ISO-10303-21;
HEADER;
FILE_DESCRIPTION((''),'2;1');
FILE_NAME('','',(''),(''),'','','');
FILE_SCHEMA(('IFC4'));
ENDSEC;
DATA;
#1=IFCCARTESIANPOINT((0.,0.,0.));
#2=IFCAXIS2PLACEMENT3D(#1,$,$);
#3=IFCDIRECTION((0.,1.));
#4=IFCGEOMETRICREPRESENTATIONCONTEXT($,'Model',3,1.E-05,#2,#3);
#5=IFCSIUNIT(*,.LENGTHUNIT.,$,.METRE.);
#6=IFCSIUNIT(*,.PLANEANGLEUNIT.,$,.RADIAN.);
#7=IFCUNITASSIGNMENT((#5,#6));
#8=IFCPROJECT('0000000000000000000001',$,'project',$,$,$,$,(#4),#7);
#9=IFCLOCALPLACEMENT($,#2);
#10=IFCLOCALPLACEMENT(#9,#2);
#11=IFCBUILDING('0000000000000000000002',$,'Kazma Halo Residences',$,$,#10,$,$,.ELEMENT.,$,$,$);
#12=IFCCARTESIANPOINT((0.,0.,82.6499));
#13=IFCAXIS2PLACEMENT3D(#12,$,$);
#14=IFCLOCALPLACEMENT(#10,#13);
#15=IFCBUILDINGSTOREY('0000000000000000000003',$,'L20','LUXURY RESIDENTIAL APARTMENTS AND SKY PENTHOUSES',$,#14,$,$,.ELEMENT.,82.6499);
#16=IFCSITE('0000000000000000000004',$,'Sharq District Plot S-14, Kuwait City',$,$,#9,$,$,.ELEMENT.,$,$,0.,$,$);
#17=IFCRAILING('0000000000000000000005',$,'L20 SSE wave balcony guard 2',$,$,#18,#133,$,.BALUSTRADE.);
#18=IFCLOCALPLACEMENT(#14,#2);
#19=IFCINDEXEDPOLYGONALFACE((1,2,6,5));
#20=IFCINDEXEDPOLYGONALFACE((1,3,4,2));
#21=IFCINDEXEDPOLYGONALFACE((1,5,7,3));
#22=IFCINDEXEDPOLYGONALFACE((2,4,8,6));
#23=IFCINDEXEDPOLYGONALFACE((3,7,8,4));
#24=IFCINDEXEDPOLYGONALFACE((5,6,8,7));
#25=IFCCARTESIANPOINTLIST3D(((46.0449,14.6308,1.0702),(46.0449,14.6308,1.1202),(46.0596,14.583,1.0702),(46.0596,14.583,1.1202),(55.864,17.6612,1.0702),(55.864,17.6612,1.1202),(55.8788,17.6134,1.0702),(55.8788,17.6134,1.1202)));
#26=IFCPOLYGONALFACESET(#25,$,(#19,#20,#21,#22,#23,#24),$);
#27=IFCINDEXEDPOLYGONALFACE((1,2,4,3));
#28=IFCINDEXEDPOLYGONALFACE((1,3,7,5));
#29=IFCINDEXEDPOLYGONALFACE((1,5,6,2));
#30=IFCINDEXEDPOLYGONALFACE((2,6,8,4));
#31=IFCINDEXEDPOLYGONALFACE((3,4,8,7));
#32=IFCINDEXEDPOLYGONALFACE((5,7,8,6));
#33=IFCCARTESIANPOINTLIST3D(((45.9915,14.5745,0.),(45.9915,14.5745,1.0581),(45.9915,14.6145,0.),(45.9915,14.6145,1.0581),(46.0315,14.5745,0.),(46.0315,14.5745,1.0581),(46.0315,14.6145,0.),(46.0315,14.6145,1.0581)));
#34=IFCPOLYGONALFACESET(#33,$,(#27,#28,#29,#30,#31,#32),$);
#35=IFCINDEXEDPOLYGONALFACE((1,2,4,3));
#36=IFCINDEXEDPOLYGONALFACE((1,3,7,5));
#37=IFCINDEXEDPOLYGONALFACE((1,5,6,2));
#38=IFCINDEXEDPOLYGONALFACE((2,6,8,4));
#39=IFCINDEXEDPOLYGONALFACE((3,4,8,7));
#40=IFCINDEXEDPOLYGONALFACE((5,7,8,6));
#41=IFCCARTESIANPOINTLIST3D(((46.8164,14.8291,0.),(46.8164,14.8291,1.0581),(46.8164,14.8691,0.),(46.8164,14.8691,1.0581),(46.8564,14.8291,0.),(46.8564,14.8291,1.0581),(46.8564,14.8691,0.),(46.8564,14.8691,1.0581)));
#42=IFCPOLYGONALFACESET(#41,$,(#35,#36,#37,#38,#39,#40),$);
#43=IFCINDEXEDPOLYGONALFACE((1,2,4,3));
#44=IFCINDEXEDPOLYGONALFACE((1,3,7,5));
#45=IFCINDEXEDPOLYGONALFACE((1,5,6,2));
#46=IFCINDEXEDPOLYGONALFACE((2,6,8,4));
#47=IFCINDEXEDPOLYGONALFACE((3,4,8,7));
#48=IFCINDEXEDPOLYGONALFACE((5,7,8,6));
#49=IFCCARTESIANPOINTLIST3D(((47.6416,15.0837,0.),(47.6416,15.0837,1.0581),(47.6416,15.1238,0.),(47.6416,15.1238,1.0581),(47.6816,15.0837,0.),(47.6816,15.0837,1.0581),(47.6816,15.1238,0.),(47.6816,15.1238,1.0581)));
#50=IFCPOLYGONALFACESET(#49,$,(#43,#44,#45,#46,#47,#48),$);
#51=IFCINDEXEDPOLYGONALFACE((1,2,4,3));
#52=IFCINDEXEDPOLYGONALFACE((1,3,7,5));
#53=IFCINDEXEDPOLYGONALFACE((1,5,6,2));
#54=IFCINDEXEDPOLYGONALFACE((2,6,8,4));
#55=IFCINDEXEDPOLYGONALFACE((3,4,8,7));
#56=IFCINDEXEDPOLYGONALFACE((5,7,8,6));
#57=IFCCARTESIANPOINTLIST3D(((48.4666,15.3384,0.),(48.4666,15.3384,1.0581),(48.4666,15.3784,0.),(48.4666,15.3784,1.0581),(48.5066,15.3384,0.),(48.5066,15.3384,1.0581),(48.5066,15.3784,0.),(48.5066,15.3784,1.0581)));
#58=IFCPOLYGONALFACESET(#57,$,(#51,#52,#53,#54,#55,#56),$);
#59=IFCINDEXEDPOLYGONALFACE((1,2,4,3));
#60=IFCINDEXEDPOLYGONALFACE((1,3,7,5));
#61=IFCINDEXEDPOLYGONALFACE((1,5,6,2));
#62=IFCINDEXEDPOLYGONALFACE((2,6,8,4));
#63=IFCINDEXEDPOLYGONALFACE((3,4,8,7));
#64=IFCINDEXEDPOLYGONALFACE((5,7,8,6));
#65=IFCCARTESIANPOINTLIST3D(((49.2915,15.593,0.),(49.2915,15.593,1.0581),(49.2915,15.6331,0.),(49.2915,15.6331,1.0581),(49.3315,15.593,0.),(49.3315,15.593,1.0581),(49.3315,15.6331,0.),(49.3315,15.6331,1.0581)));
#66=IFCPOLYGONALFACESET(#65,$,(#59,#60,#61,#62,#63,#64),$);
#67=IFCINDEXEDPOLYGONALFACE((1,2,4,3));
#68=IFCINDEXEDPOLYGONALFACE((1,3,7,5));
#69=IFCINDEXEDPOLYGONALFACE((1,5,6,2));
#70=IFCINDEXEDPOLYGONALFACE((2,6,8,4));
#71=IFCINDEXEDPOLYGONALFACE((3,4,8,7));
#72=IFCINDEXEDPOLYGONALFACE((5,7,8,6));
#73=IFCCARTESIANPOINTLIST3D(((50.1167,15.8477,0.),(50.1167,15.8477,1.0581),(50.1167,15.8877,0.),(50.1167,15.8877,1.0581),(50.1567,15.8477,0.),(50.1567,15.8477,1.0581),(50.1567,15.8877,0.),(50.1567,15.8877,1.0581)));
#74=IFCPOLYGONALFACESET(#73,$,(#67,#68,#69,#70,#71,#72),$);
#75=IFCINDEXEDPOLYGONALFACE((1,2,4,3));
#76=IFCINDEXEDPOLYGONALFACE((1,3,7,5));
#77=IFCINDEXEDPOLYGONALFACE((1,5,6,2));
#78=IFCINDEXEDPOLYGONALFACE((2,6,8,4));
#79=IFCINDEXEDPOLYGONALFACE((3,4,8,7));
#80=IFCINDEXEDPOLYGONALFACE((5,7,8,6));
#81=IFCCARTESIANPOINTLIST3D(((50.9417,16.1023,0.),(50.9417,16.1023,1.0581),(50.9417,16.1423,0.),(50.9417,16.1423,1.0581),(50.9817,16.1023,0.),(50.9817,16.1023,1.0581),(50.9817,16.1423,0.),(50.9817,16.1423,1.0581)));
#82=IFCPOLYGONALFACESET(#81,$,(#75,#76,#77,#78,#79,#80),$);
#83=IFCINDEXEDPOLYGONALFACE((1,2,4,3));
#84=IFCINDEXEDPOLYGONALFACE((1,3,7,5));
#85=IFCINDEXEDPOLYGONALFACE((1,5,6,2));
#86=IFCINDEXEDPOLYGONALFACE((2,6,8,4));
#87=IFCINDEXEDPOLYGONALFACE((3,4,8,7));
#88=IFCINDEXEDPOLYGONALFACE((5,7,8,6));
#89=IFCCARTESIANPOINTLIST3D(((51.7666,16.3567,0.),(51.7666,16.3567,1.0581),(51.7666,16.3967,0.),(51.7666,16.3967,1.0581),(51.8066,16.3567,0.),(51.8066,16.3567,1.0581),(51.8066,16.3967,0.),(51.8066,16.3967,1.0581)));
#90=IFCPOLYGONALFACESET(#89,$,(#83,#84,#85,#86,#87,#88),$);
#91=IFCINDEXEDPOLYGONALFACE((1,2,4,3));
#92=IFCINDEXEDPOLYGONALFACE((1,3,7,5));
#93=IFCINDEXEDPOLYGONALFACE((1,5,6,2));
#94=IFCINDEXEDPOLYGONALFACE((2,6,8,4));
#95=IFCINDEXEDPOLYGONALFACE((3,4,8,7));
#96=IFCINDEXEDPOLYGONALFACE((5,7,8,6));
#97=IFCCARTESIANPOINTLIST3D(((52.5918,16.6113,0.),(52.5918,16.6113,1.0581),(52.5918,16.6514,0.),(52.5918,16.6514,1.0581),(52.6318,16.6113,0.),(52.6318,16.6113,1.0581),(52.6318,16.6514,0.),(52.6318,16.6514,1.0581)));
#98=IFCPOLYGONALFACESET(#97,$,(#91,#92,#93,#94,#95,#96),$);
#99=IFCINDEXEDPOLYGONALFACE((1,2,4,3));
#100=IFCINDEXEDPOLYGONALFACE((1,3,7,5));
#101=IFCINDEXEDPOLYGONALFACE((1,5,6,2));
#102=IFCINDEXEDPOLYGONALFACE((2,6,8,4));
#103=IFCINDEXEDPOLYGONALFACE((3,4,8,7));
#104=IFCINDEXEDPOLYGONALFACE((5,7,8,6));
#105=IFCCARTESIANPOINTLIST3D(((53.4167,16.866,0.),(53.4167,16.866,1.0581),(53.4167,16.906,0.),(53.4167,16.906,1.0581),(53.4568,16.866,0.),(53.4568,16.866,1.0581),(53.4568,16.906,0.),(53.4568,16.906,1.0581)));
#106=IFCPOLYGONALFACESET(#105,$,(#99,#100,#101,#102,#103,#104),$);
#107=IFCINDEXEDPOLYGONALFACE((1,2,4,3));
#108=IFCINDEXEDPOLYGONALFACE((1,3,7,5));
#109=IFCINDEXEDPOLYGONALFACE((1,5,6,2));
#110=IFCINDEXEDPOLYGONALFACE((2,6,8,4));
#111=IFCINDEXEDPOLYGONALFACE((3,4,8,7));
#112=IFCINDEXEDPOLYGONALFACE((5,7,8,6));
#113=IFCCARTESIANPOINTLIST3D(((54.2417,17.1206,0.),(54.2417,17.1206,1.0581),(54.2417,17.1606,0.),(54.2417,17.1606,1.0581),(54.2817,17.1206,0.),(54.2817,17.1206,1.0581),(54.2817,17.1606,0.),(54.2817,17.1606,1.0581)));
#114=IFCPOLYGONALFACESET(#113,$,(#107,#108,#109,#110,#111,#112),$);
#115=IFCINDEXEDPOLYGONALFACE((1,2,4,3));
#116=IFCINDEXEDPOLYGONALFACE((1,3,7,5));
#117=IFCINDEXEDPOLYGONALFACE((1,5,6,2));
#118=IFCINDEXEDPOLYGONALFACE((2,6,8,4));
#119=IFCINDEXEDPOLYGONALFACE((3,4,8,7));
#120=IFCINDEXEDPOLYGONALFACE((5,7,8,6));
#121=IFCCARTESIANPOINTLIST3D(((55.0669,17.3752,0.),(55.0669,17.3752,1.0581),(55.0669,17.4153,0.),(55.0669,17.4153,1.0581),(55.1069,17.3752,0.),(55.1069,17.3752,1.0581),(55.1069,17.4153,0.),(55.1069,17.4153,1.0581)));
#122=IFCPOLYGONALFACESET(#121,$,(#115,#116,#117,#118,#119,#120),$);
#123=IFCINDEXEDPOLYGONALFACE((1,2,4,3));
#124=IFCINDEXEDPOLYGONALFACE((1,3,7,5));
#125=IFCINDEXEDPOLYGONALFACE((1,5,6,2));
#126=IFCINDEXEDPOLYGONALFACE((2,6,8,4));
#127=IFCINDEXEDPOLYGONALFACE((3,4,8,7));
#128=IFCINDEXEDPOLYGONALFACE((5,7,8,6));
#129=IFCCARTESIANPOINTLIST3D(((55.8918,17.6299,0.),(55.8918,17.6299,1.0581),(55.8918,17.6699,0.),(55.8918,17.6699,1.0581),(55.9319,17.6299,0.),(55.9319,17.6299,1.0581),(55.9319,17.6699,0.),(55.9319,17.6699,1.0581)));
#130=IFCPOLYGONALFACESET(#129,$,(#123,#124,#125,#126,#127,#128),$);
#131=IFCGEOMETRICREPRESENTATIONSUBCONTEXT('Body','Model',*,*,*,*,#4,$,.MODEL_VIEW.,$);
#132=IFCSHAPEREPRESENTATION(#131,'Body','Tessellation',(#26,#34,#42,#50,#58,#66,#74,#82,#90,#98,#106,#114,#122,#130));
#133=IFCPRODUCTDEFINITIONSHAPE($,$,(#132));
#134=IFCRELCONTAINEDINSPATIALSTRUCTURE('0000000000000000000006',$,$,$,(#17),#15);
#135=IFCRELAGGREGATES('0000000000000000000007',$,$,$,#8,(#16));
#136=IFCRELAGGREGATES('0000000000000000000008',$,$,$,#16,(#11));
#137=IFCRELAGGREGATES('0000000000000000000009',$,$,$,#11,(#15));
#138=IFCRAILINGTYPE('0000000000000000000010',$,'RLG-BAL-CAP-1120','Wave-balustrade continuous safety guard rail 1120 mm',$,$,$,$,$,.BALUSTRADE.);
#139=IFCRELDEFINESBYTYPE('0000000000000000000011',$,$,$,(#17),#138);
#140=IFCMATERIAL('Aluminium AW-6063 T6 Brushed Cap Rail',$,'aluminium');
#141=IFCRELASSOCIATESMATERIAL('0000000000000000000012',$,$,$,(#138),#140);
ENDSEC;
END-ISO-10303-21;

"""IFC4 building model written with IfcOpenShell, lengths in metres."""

from ifc_helpers import new_model, si_unit, direction, frame, origin, origin_2d, place, context, subcontext, project, spatial, rectangle, extrude, material, type_object, element, save


model = new_model("IFC4")

# Units and contexts
model_context = context("Model", 3, precision=1e-05, world=origin(), true_north=direction((0.0, 1.0)))
body_context = subcontext(model_context, "Body", "Model", "MODEL_VIEW")
ifc_project = project(units=[si_unit("LENGTHUNIT", "METRE"), si_unit("PLANEANGLEUNIT", "RADIAN")], contexts=[model_context])

# Site, building, storey
site_placement = place(None, origin())
site = spatial("IfcSite", under=ifc_project, at=site_placement, Name="Sharq District Plot S-14, Kuwait City", CompositionType="ELEMENT", RefElevation=0.0)
building_placement = place(site_placement, origin())
building = spatial("IfcBuilding", under=site, at=building_placement, Name="Kazma Halo Residences", CompositionType="ELEMENT")
storey_placement = place(building_placement, frame((0.0, 0.0, 82.6499)))
storey = spatial("IfcBuildingStorey", under=building, at=storey_placement, Name="L20", Description="LUXURY RESIDENTIAL APARTMENTS AND SKY PENTHOUSES", CompositionType="ELEMENT", Elevation=82.6499)

# Railing
ifc_material_1 = material(Name="Aluminium AW-6063 T6 Brushed Cap Rail", Category="aluminium")
railing_type = type_object("IfcRailingType", Name="RLG-BAL-CAP-1120", Description="Wave-balustrade continuous safety guard rail 1120 mm", PredefinedType="BALUSTRADE", material=ifc_material_1)
railing_1_placement = place(storey_placement, frame((46.0115, 14.5945, 0.0)))
element("IfcRailing", 1, at=railing_1_placement, inside=storey, type_object=railing_type, Name="L20 SSE wave balcony guard 2", PredefinedType="BALUSTRADE", context=body_context, shape_type="SweptSolid", body=[
    extrude(rectangle(XDim=0.05, YDim=0.05, at=origin_2d()), frame((0.0408, 0.0125, 1.0952), z_axis=(0.955531, 0.294892, 0.0), x_axis=(-0.294892, 0.955531, 0.0)), (0.0, 0.0, 1.0), 10.2761),
    extrude(rectangle(XDim=0.04, YDim=0.04, at=origin_2d()), origin(), (0.0, 0.0, 1.0), 1.0581),
    extrude(rectangle(XDim=0.04, YDim=0.04, at=origin_2d()), frame((0.825, 0.2546, 0.0)), (0.0, 0.0, 1.0), 1.0581),
    extrude(rectangle(XDim=0.04, YDim=0.04, at=origin_2d()), frame((1.6501, 0.5093, 0.0)), (0.0, 0.0, 1.0), 1.0581),
    extrude(rectangle(XDim=0.04, YDim=0.04, at=origin_2d()), frame((2.4751, 0.7639, 0.0)), (0.0, 0.0, 1.0), 1.0581),
    extrude(rectangle(XDim=0.04, YDim=0.04, at=origin_2d()), frame((3.3, 1.0186, 0.0)), (0.0, 0.0, 1.0), 1.0581),
    extrude(rectangle(XDim=0.04, YDim=0.04, at=origin_2d()), frame((4.1252, 1.2732, 0.0)), (0.0, 0.0, 1.0), 1.0581),
    extrude(rectangle(XDim=0.04, YDim=0.04, at=origin_2d()), frame((4.9502, 1.5278, 0.0)), (0.0, 0.0, 1.0), 1.0581),
    extrude(rectangle(XDim=0.04, YDim=0.04, at=origin_2d()), frame((5.7751, 1.7822, 0.0)), (0.0, 0.0, 1.0), 1.0581),
    extrude(rectangle(XDim=0.04, YDim=0.04, at=origin_2d()), frame((6.6003, 2.0369, 0.0)), (0.0, 0.0, 1.0), 1.0581),
    extrude(rectangle(XDim=0.04, YDim=0.04, at=origin_2d()), frame((7.4253, 2.2915, 0.0)), (0.0, 0.0, 1.0), 1.0581),
    extrude(rectangle(XDim=0.04, YDim=0.04, at=origin_2d()), frame((8.2502, 2.5461, 0.0)), (0.0, 0.0, 1.0), 1.0581),
    extrude(rectangle(XDim=0.04, YDim=0.04, at=origin_2d()), frame((9.0754, 2.8008, 0.0)), (0.0, 0.0, 1.0), 1.0581),
    extrude(rectangle(XDim=0.04, YDim=0.04, at=origin_2d()), frame((9.9004, 3.0554, 0.0)), (0.0, 0.0, 1.0), 1.0581),
])

save(model, "model.ifc")
